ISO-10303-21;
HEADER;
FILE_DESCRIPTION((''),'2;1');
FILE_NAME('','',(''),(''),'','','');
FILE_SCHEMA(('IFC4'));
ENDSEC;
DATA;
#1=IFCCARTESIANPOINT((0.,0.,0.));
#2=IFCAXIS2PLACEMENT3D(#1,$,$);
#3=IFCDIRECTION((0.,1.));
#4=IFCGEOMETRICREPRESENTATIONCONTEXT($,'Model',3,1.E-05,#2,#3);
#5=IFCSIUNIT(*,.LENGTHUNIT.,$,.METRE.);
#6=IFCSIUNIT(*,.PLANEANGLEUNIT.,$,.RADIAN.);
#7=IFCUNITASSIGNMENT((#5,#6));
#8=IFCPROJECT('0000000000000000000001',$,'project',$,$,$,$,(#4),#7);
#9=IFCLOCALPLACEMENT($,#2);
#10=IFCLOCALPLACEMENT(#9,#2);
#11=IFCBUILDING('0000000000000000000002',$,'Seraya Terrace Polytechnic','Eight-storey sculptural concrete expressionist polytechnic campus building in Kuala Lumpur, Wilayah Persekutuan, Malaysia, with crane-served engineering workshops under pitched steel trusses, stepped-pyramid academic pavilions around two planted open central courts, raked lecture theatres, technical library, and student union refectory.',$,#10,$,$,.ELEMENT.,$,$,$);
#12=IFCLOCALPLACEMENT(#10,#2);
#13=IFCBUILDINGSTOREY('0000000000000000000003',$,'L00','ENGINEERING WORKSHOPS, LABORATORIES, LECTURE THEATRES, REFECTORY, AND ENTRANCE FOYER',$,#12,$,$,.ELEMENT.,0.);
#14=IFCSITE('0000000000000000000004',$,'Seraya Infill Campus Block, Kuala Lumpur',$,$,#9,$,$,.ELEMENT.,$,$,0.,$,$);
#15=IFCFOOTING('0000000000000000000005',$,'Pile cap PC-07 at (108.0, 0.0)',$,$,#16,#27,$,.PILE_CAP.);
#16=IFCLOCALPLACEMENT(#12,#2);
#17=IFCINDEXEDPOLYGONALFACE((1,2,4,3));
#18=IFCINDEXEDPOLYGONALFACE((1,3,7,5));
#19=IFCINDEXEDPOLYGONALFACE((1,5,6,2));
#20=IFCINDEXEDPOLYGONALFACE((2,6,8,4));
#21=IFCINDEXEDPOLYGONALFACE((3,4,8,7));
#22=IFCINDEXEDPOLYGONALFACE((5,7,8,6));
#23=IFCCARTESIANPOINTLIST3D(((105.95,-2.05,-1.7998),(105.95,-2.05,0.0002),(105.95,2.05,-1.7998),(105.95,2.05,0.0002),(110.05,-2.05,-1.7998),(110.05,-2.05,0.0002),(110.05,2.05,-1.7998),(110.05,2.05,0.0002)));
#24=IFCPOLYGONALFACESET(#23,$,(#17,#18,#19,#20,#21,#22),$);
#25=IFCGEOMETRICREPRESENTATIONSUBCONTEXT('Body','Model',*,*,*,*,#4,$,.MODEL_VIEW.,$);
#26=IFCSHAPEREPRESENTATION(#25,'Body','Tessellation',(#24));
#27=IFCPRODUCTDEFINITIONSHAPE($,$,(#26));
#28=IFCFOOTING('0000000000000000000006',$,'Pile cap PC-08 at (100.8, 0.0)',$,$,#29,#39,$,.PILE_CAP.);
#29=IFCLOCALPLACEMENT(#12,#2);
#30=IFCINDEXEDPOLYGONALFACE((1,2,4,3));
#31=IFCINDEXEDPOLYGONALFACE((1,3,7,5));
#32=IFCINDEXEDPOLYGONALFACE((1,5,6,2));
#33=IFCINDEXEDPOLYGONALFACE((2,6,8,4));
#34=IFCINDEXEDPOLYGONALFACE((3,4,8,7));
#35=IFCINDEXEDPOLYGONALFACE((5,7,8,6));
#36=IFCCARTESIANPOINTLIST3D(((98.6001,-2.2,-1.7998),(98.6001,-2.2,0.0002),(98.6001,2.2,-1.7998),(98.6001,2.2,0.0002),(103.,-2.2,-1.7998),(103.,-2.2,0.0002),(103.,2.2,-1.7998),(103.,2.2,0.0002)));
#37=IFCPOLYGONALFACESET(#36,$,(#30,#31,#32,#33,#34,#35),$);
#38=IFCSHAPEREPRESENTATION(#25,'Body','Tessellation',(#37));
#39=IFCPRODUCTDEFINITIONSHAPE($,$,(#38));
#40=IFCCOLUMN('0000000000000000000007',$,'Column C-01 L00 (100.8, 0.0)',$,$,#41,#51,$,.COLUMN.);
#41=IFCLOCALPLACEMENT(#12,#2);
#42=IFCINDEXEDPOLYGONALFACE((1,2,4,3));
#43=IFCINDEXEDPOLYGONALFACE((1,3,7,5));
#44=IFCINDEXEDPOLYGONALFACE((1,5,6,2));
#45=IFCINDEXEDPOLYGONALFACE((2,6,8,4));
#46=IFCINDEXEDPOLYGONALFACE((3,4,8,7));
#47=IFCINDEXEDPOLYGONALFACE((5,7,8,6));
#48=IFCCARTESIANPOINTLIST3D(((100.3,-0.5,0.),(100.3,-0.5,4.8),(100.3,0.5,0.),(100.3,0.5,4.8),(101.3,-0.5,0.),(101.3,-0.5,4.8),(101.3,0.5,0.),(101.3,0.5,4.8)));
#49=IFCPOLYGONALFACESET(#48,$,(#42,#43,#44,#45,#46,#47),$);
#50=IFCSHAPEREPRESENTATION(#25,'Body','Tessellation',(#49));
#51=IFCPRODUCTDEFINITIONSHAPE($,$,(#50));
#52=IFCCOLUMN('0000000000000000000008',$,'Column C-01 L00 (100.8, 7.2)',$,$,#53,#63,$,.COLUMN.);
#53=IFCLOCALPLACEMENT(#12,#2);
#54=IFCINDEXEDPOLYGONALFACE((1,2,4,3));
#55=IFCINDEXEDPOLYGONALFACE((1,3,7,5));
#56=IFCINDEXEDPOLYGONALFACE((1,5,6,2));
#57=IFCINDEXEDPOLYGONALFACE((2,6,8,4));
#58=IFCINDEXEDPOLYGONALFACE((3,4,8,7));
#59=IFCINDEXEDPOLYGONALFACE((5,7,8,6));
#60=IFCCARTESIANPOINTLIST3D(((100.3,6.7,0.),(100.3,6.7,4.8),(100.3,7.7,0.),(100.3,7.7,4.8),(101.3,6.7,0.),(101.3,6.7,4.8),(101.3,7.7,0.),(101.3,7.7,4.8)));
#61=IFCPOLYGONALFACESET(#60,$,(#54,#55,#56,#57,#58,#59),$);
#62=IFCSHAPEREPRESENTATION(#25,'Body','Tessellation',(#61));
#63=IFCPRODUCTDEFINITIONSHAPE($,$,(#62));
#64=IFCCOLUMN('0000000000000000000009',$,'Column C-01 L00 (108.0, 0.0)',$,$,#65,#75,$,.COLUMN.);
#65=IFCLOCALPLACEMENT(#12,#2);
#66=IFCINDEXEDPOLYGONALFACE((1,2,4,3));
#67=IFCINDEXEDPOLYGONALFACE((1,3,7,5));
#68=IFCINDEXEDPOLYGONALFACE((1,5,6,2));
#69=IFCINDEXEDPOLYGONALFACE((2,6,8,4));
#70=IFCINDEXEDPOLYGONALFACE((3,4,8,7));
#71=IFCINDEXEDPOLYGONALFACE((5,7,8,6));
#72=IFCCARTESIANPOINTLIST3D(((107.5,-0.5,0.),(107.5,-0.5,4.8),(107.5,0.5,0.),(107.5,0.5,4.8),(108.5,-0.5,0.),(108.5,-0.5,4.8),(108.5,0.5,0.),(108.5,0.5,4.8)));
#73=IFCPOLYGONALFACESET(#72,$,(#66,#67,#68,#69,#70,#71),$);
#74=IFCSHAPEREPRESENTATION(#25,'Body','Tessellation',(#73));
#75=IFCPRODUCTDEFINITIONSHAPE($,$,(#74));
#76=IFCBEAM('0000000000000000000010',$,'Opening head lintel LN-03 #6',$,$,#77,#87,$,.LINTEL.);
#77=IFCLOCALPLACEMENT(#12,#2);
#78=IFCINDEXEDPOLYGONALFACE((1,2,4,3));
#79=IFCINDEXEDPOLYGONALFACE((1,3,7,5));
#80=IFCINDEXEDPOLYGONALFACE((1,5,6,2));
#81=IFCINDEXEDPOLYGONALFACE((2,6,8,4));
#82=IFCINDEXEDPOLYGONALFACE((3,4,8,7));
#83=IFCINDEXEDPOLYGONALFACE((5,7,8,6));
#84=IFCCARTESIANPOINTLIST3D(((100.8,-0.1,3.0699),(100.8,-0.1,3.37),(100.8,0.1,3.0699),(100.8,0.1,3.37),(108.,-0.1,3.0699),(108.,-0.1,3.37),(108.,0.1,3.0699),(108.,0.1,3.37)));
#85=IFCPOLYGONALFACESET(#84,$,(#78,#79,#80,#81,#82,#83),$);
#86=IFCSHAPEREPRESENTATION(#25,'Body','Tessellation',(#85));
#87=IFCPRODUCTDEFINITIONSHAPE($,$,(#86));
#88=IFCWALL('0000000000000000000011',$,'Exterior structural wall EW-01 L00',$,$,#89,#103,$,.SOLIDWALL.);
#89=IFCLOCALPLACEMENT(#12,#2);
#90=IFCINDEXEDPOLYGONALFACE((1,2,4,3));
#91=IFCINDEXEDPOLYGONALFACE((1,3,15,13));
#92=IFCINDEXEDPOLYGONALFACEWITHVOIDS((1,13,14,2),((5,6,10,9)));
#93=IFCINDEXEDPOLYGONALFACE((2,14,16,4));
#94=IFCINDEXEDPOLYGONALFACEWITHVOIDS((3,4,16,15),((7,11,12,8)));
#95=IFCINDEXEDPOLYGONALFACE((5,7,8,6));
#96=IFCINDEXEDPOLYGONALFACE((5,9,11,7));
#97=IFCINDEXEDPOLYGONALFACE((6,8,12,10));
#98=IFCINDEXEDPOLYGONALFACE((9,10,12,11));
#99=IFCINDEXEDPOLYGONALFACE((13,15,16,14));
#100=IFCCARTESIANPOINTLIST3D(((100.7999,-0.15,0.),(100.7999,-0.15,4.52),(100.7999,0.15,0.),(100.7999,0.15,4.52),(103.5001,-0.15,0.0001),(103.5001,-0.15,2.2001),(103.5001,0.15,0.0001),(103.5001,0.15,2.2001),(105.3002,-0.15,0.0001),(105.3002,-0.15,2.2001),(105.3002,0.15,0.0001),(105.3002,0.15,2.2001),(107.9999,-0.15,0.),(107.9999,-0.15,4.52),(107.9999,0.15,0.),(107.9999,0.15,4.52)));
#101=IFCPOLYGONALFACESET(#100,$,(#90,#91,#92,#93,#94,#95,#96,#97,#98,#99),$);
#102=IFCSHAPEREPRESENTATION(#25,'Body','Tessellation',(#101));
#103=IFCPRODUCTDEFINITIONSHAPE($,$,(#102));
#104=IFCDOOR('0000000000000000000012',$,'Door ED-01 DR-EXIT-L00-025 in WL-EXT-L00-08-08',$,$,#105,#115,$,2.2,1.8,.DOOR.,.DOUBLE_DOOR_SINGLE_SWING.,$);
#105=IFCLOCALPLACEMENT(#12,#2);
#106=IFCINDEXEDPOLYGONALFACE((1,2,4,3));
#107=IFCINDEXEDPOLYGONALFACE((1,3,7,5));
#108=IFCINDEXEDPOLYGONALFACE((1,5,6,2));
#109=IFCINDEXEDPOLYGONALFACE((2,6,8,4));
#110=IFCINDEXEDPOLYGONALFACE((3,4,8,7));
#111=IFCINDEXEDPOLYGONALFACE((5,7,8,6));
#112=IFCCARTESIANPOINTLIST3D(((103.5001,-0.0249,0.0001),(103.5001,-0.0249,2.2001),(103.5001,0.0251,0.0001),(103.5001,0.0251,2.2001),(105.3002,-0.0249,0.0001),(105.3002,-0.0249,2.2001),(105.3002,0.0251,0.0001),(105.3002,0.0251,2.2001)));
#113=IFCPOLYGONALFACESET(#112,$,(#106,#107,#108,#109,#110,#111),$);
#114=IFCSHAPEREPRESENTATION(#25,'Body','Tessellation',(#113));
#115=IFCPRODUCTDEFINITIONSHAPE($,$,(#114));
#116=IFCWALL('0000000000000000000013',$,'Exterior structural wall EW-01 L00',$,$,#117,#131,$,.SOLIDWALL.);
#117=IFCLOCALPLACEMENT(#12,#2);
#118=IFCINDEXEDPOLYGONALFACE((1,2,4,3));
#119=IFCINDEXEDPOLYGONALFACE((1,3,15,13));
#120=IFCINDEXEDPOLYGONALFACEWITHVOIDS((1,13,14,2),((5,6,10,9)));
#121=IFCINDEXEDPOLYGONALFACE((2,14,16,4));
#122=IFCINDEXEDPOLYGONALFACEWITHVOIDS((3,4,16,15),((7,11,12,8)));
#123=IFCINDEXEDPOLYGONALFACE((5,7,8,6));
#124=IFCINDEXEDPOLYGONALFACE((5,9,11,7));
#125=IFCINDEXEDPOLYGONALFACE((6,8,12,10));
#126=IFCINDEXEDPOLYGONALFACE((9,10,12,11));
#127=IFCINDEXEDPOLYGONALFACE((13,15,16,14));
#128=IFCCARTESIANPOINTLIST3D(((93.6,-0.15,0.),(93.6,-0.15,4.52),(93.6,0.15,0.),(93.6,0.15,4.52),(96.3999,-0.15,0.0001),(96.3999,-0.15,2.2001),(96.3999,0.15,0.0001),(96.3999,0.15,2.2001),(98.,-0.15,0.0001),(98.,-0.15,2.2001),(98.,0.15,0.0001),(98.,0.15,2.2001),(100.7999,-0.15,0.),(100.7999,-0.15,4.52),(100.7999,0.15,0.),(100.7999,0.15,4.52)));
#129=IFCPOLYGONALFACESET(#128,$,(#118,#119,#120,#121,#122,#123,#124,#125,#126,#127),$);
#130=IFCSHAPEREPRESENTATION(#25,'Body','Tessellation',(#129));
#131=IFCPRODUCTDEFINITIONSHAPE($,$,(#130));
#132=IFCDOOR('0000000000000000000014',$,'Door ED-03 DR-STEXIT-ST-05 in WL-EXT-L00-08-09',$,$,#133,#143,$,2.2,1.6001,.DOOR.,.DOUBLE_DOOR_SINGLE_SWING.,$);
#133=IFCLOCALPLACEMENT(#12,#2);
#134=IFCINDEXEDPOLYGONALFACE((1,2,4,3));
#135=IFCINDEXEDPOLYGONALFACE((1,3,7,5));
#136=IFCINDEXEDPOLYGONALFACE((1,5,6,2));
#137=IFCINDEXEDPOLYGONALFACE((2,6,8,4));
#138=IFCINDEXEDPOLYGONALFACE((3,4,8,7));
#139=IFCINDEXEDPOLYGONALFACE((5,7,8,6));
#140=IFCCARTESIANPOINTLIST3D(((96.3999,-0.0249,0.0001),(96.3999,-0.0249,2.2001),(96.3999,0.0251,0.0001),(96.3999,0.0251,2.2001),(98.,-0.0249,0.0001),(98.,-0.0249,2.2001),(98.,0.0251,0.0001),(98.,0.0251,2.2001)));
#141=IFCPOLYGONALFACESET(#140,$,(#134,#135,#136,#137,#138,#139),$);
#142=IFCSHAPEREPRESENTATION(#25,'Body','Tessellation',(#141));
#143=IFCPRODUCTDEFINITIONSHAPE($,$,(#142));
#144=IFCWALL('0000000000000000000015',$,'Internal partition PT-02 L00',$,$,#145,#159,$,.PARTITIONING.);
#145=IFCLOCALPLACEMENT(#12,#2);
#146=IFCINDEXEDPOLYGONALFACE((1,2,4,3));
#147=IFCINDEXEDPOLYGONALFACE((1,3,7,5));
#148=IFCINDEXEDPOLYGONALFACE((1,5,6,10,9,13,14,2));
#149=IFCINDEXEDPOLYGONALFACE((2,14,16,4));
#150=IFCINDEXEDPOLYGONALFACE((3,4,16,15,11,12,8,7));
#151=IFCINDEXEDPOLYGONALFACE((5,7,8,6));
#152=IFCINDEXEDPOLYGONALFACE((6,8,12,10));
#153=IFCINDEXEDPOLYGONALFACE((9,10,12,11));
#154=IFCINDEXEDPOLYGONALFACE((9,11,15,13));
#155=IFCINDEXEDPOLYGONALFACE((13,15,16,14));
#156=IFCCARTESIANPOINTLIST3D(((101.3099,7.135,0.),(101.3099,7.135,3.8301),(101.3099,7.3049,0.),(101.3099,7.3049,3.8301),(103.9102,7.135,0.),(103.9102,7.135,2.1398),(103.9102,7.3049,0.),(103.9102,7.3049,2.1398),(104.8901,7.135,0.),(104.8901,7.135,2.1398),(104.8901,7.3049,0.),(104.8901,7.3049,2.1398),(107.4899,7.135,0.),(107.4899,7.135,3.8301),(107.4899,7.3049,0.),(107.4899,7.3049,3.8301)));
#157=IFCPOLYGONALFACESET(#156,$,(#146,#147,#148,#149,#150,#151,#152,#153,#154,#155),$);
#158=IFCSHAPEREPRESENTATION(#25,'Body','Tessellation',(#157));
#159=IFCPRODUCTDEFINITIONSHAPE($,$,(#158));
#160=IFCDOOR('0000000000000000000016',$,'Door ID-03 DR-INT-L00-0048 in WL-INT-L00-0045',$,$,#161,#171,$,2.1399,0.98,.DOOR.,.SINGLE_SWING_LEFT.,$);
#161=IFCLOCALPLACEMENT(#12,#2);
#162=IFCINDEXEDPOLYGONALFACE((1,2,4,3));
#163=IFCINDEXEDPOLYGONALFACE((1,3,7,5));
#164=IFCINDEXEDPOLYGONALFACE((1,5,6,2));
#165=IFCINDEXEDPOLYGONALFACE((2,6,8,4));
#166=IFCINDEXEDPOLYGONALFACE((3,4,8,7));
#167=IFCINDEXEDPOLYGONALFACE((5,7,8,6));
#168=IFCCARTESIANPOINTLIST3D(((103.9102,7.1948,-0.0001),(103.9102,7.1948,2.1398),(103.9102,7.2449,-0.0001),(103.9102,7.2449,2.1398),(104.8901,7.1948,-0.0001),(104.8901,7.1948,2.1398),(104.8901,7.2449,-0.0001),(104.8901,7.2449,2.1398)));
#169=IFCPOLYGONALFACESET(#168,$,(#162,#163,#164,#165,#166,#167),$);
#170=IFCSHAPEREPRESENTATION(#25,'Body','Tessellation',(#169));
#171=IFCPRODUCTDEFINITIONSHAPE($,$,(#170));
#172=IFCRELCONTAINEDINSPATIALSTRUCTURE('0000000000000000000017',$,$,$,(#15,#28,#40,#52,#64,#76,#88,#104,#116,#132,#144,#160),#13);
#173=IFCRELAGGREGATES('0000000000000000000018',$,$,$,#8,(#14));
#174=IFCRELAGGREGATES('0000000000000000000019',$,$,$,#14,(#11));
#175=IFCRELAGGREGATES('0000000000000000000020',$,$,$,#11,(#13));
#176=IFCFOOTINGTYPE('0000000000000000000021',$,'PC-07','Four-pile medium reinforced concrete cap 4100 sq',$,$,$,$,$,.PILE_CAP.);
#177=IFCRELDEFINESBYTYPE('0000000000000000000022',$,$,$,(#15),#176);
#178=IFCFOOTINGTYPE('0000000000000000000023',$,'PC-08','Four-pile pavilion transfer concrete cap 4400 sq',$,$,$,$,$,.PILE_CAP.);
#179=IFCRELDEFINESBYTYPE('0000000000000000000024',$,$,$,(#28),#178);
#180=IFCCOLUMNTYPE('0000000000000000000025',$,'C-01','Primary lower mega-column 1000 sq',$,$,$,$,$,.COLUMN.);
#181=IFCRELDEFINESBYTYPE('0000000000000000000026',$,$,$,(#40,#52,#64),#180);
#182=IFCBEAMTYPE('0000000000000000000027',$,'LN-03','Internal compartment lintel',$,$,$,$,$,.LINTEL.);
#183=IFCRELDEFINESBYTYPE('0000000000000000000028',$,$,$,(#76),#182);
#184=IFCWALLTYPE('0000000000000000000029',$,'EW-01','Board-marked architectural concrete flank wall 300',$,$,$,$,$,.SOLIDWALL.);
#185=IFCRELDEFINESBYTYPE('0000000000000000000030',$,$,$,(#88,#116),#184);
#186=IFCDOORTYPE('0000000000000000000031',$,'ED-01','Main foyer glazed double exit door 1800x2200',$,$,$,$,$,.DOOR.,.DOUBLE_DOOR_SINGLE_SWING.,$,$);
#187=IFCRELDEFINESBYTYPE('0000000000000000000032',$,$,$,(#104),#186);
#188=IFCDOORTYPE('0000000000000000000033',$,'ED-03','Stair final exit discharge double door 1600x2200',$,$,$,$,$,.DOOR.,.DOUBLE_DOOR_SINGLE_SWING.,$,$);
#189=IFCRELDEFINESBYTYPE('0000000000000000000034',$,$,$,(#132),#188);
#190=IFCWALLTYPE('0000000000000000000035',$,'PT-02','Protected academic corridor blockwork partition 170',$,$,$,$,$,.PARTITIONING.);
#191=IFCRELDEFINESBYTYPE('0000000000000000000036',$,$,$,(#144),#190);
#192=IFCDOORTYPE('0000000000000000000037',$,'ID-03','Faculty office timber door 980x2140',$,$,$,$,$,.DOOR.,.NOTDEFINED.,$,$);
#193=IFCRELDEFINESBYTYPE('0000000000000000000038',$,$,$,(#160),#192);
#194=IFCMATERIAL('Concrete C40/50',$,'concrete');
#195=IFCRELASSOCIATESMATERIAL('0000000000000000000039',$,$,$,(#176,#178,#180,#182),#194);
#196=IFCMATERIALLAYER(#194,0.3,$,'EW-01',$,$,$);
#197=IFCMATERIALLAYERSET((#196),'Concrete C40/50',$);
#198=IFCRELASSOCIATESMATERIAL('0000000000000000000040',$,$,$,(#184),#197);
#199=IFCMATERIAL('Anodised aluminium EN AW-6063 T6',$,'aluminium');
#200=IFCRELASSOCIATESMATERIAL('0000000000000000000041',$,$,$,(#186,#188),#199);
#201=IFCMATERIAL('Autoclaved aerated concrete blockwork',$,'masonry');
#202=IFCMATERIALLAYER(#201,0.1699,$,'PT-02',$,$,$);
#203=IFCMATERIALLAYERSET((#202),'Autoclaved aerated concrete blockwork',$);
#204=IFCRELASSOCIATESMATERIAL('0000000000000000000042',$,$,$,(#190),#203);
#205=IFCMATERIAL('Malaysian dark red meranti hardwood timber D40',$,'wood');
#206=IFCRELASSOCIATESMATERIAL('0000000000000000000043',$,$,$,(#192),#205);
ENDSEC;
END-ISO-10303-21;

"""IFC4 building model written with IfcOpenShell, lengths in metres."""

from ifc_helpers import new_model, si_unit, direction, frame, frame_2d, origin, origin_2d, place, context, subcontext, project, spatial, rectangle, extrude, material, layer, layer_set, material_profile, profile_set, type_object, element, fill, save


model = new_model("IFC4")

# Units and contexts
model_context = context("Model", 3, precision=1e-05, world=origin(), true_north=direction((0.0, 1.0)))
body_context = subcontext(model_context, "Body", "Model", "MODEL_VIEW")
ifc_project = project(units=[si_unit("LENGTHUNIT", "METRE"), si_unit("PLANEANGLEUNIT", "RADIAN")], contexts=[model_context])

# Site, building, storey
site_placement = place(None, origin())
site = spatial("IfcSite", under=ifc_project, at=site_placement, Name="Seraya Infill Campus Block, Kuala Lumpur", CompositionType="ELEMENT", RefElevation=0.0)
building_placement = place(site_placement, origin())
building = spatial("IfcBuilding", under=site, at=building_placement, Name="Seraya Terrace Polytechnic", Description="Eight-storey sculptural concrete expressionist polytechnic campus building in Kuala Lumpur, Wilayah Persekutuan, Malaysia, with crane-served engineering workshops under pitched steel trusses, stepped-pyramid academic pavilions around two planted open central courts, raked lecture theatres, technical library, and student union refectory.", CompositionType="ELEMENT")
storey_placement = place(building_placement, origin())
storey = spatial("IfcBuildingStorey", under=building, at=storey_placement, Name="L00", Description="ENGINEERING WORKSHOPS, LABORATORIES, LECTURE THEATRES, REFECTORY, AND ENTRANCE FOYER", CompositionType="ELEMENT", Elevation=0.0)

# Shared definitions
ifc_material_1 = material(Name="Concrete C40/50", Category="concrete")

# Footings
footing_type_1 = type_object("IfcFootingType", Name="PC-07", Description="Four-pile medium reinforced concrete cap 4100 sq", PredefinedType="PILE_CAP", material=ifc_material_1)
for number, where, z_axis, x_axis, name in (
    (1, (108.0, 0.0, -1.7998), (0.0, 0.0, 1.0), (1.0, 0.0, 0.0), "Pile cap PC-07 at (108.0, 0.0)"),
):
    element("IfcFooting", number, at=place(storey_placement, frame(where, z_axis=z_axis, x_axis=x_axis)), inside=storey, type_object=footing_type_1, Name=name, PredefinedType="PILE_CAP", context=body_context, shape_type="SweptSolid", body=[
        extrude(rectangle(XDim=4.1001, YDim=4.1001, at=origin_2d()), origin(), (0.0, 0.0, 1.0), 1.8),
    ])
footing_type_2 = type_object("IfcFootingType", Name="PC-08", Description="Four-pile pavilion transfer concrete cap 4400 sq", PredefinedType="PILE_CAP", material=ifc_material_1)
footing_1_placement = place(storey_placement, frame((100.8, 0.0, -1.7998), z_axis=(0.0, 0.0, 1.0), x_axis=(1.0, 0.0, 0.0)))
element("IfcFooting", 2, at=footing_1_placement, inside=storey, type_object=footing_type_2, Name="Pile cap PC-08 at (100.8, 0.0)", PredefinedType="PILE_CAP", context=body_context, shape_type="SweptSolid", body=[
    extrude(rectangle(XDim=4.3999, YDim=4.3999, at=origin_2d()), origin(), (0.0, 0.0, 1.0), 1.8),
])

# Columns
ifc_material_profile_1 = material_profile(ifc_material_1, rectangle(XDim=1.0, YDim=1.0, at=origin_2d()), Name="RC 1000x1000")
ifc_profile_set_1 = profile_set([ifc_material_profile_1], Name="Concrete C40/50")
column_type = type_object("IfcColumnType", Name="C-01", Description="Primary lower mega-column 1000 sq", PredefinedType="COLUMN", material=ifc_profile_set_1)
for number, where, z_axis, x_axis, name in (
    (3, (100.8, 0.0, 0.0), (0.0, 0.0, 1.0), (1.0, 0.0, 0.0), "Column C-01 L00 (100.8, 0.0)"),
    (4, (100.8, 7.2, 0.0), (0.0, 0.0, 1.0), (1.0, 0.0, 0.0), "Column C-01 L00 (100.8, 7.2)"),
    (5, (108.0, 0.0, 0.0), (0.0, 0.0, 1.0), (1.0, 0.0, 0.0), "Column C-01 L00 (108.0, 0.0)"),
):
    element("IfcColumn", number, at=place(storey_placement, frame(where, z_axis=z_axis, x_axis=x_axis)), inside=storey, type_object=column_type, Name=name, PredefinedType="COLUMN", context=body_context, shape_type="SweptSolid", body=[
        extrude(rectangle(XDim=1.0, YDim=1.0, at=origin_2d()), origin(), (0.0, 0.0, 1.0), 4.8),
    ])

# Beam
ifc_material_profile_2 = material_profile(ifc_material_1, rectangle(XDim=0.2, YDim=0.3, at=origin_2d()), Name="RC 200x300")
ifc_profile_set_2 = profile_set([ifc_material_profile_2], Name="Concrete C40/50")
beam_type = type_object("IfcBeamType", Name="LN-03", Description="Internal compartment lintel", PredefinedType="LINTEL", material=ifc_profile_set_2)
beam_placement = place(storey_placement, frame((100.8, 0.0, 3.22), z_axis=(1.0, 0.0, 0.0), x_axis=(0.0, 1.0, 0.0)))
element("IfcBeam", 6, at=beam_placement, inside=storey, type_object=beam_type, Name="Opening head lintel LN-03 #6", PredefinedType="LINTEL", context=body_context, shape_type="SweptSolid", body=[
    extrude(rectangle(XDim=0.2, YDim=0.3, at=origin_2d()), origin(), (0.0, 0.0, 1.0), 7.2),
])

# Walls, openings, doors
ifc_layer_1 = layer(ifc_material_1, 0.3, Name="EW-01")
ifc_layer_set_1 = layer_set([ifc_layer_1], Name="Concrete C40/50")
wall_type_1 = type_object("IfcWallType", Name="EW-01", Description="Board-marked architectural concrete flank wall 300", PredefinedType="SOLIDWALL", material=ifc_layer_set_1)
wall_1_placement = place(storey_placement, frame((108.0, 0.0, 0.0), z_axis=(0.0, 0.0, 1.0), x_axis=(-1.0, 0.0, 0.0)))
wall_1 = element("IfcWall", 7, at=wall_1_placement, inside=storey, type_object=wall_type_1, Name="Exterior structural wall EW-01 L00", PredefinedType="SOLIDWALL", context=body_context, shape_type="SweptSolid", body=[
    extrude(rectangle(XDim=7.2, YDim=0.3, at=frame_2d((3.6001, 0.0))), origin(), (0.0, 0.0, 1.0), 4.52),
])
opening_1_placement = place(wall_1_placement, frame((2.7, 0.0, 0.0)))
opening_1 = element("IfcOpeningElement", 8, at=opening_1_placement, cuts=wall_1, PredefinedType="OPENING", context=body_context, shape_type="SweptSolid", body=[
    extrude(rectangle(XDim=1.8, YDim=2.2, at=frame_2d((0.8999, 1.1001))), frame((0.0, 0.1621, 0.0), z_axis=(0.0, -1.0, 0.0), x_axis=(1.0, 0.0, 0.0)), (0.0, 0.0, 1.0), 0.324),
])
ifc_material_2 = material(Name="Anodised aluminium EN AW-6063 T6", Category="aluminium")
door_type_1 = type_object("IfcDoorType", Name="ED-01", Description="Main foyer glazed double exit door 1800x2200", OperationType="DOUBLE_DOOR_SINGLE_SWING", PredefinedType="DOOR", material=ifc_material_2)
door_1_placement = place(opening_1_placement, origin())
door_1 = element("IfcDoor", 9, at=door_1_placement, inside=storey, type_object=door_type_1, Name="Door ED-01 DR-EXIT-L00-025 in WL-EXT-L00-08-08", OperationType="DOUBLE_DOOR_SINGLE_SWING", OverallHeight=2.2, OverallWidth=1.8, PredefinedType="DOOR", context=body_context, shape_type="SweptSolid", body=[
    extrude(rectangle(XDim=1.8, YDim=2.2, at=frame_2d((0.8999, 1.1001))), frame((0.0, 0.0249, 0.0), z_axis=(0.0, -1.0, 0.0), x_axis=(1.0, 0.0, 0.0)), (0.0, 0.0, 1.0), 0.05),
])
fill(opening_1, door_1)
wall_2_placement = place(storey_placement, frame((100.8, 0.0, 0.0), z_axis=(0.0, 0.0, 1.0), x_axis=(-1.0, 0.0, 0.0)))
wall_2 = element("IfcWall", 10, at=wall_2_placement, inside=storey, type_object=wall_type_1, Name="Exterior structural wall EW-01 L00", PredefinedType="SOLIDWALL", context=body_context, shape_type="SweptSolid", body=[
    extrude(rectangle(XDim=7.2, YDim=0.3, at=frame_2d((3.6001, 0.0))), origin(), (0.0, 0.0, 1.0), 4.52),
])
opening_2_placement = place(wall_2_placement, frame((2.8, 0.0, 0.0)))
opening_2 = element("IfcOpeningElement", 11, at=opening_2_placement, cuts=wall_2, PredefinedType="OPENING", context=body_context, shape_type="SweptSolid", body=[
    extrude(rectangle(XDim=1.6001, YDim=2.2, at=frame_2d((0.8, 1.1001))), frame((0.0, 0.1621, 0.0), z_axis=(0.0, -1.0, 0.0), x_axis=(1.0, 0.0, 0.0)), (0.0, 0.0, 1.0), 0.324),
])
door_type_2 = type_object("IfcDoorType", Name="ED-03", Description="Stair final exit discharge double door 1600x2200", OperationType="DOUBLE_DOOR_SINGLE_SWING", PredefinedType="DOOR", material=ifc_material_2)
door_2_placement = place(opening_2_placement, origin())
door_2 = element("IfcDoor", 12, at=door_2_placement, inside=storey, type_object=door_type_2, Name="Door ED-03 DR-STEXIT-ST-05 in WL-EXT-L00-08-09", OperationType="DOUBLE_DOOR_SINGLE_SWING", OverallHeight=2.2, OverallWidth=1.6001, PredefinedType="DOOR", context=body_context, shape_type="SweptSolid", body=[
    extrude(rectangle(XDim=1.6001, YDim=2.2, at=frame_2d((0.8, 1.1001))), frame((0.0, 0.0249, 0.0), z_axis=(0.0, -1.0, 0.0), x_axis=(1.0, 0.0, 0.0)), (0.0, 0.0, 1.0), 0.05),
])
fill(opening_2, door_2)
ifc_material_3 = material(Name="Autoclaved aerated concrete blockwork", Category="masonry")
ifc_layer_2 = layer(ifc_material_3, 0.1699, Name="PT-02")
ifc_layer_set_2 = layer_set([ifc_layer_2], Name="Autoclaved aerated concrete blockwork")
wall_type_2 = type_object("IfcWallType", Name="PT-02", Description="Protected academic corridor blockwork partition 170", PredefinedType="PARTITIONING", material=ifc_layer_set_2)
wall_3_placement = place(storey_placement, frame((101.3101, 7.22, 0.0), z_axis=(0.0, 0.0, 1.0), x_axis=(1.0, 0.0, 0.0)))
wall_3 = element("IfcWall", 13, at=wall_3_placement, inside=storey, type_object=wall_type_2, Name="Internal partition PT-02 L00", PredefinedType="PARTITIONING", context=body_context, shape_type="SweptSolid", body=[
    extrude(rectangle(XDim=6.1799, YDim=0.1699, at=frame_2d((3.0898, 0.0))), origin(), (0.0, 0.0, 1.0), 3.8301),
])
opening_3_placement = place(wall_3_placement, frame((2.6001, 0.0, 0.0)))
opening_3 = element("IfcOpeningElement", 14, at=opening_3_placement, cuts=wall_3, PredefinedType="OPENING", context=body_context, shape_type="SweptSolid", body=[
    extrude(rectangle(XDim=0.98, YDim=2.1399, at=frame_2d((0.49, 1.0698))), frame((0.0, 0.0969, 0.0), z_axis=(0.0, -1.0, 0.0), x_axis=(1.0, 0.0, 0.0)), (0.0, 0.0, 1.0), 0.1938),
])
ifc_material_4 = material(Name="Malaysian dark red meranti hardwood timber D40", Category="wood")
door_type_3 = type_object("IfcDoorType", Name="ID-03", Description="Faculty office timber door 980x2140", OperationType="NOTDEFINED", PredefinedType="DOOR", material=ifc_material_4)
door_3_placement = place(opening_3_placement, origin())
door_3 = element("IfcDoor", 15, at=door_3_placement, inside=storey, type_object=door_type_3, Name="Door ID-03 DR-INT-L00-0048 in WL-INT-L00-0045", OperationType="SINGLE_SWING_LEFT", OverallHeight=2.1399, OverallWidth=0.98, PredefinedType="DOOR", context=body_context, shape_type="SweptSolid", body=[
    extrude(rectangle(XDim=0.98, YDim=2.1399, at=frame_2d((0.49, 1.0698))), frame((0.0, 0.0249, 0.0), z_axis=(0.0, -1.0, 0.0), x_axis=(1.0, 0.0, 0.0)), (0.0, 0.0, 1.0), 0.05),
])
fill(opening_3, door_3)

save(model, "model.ifc")
